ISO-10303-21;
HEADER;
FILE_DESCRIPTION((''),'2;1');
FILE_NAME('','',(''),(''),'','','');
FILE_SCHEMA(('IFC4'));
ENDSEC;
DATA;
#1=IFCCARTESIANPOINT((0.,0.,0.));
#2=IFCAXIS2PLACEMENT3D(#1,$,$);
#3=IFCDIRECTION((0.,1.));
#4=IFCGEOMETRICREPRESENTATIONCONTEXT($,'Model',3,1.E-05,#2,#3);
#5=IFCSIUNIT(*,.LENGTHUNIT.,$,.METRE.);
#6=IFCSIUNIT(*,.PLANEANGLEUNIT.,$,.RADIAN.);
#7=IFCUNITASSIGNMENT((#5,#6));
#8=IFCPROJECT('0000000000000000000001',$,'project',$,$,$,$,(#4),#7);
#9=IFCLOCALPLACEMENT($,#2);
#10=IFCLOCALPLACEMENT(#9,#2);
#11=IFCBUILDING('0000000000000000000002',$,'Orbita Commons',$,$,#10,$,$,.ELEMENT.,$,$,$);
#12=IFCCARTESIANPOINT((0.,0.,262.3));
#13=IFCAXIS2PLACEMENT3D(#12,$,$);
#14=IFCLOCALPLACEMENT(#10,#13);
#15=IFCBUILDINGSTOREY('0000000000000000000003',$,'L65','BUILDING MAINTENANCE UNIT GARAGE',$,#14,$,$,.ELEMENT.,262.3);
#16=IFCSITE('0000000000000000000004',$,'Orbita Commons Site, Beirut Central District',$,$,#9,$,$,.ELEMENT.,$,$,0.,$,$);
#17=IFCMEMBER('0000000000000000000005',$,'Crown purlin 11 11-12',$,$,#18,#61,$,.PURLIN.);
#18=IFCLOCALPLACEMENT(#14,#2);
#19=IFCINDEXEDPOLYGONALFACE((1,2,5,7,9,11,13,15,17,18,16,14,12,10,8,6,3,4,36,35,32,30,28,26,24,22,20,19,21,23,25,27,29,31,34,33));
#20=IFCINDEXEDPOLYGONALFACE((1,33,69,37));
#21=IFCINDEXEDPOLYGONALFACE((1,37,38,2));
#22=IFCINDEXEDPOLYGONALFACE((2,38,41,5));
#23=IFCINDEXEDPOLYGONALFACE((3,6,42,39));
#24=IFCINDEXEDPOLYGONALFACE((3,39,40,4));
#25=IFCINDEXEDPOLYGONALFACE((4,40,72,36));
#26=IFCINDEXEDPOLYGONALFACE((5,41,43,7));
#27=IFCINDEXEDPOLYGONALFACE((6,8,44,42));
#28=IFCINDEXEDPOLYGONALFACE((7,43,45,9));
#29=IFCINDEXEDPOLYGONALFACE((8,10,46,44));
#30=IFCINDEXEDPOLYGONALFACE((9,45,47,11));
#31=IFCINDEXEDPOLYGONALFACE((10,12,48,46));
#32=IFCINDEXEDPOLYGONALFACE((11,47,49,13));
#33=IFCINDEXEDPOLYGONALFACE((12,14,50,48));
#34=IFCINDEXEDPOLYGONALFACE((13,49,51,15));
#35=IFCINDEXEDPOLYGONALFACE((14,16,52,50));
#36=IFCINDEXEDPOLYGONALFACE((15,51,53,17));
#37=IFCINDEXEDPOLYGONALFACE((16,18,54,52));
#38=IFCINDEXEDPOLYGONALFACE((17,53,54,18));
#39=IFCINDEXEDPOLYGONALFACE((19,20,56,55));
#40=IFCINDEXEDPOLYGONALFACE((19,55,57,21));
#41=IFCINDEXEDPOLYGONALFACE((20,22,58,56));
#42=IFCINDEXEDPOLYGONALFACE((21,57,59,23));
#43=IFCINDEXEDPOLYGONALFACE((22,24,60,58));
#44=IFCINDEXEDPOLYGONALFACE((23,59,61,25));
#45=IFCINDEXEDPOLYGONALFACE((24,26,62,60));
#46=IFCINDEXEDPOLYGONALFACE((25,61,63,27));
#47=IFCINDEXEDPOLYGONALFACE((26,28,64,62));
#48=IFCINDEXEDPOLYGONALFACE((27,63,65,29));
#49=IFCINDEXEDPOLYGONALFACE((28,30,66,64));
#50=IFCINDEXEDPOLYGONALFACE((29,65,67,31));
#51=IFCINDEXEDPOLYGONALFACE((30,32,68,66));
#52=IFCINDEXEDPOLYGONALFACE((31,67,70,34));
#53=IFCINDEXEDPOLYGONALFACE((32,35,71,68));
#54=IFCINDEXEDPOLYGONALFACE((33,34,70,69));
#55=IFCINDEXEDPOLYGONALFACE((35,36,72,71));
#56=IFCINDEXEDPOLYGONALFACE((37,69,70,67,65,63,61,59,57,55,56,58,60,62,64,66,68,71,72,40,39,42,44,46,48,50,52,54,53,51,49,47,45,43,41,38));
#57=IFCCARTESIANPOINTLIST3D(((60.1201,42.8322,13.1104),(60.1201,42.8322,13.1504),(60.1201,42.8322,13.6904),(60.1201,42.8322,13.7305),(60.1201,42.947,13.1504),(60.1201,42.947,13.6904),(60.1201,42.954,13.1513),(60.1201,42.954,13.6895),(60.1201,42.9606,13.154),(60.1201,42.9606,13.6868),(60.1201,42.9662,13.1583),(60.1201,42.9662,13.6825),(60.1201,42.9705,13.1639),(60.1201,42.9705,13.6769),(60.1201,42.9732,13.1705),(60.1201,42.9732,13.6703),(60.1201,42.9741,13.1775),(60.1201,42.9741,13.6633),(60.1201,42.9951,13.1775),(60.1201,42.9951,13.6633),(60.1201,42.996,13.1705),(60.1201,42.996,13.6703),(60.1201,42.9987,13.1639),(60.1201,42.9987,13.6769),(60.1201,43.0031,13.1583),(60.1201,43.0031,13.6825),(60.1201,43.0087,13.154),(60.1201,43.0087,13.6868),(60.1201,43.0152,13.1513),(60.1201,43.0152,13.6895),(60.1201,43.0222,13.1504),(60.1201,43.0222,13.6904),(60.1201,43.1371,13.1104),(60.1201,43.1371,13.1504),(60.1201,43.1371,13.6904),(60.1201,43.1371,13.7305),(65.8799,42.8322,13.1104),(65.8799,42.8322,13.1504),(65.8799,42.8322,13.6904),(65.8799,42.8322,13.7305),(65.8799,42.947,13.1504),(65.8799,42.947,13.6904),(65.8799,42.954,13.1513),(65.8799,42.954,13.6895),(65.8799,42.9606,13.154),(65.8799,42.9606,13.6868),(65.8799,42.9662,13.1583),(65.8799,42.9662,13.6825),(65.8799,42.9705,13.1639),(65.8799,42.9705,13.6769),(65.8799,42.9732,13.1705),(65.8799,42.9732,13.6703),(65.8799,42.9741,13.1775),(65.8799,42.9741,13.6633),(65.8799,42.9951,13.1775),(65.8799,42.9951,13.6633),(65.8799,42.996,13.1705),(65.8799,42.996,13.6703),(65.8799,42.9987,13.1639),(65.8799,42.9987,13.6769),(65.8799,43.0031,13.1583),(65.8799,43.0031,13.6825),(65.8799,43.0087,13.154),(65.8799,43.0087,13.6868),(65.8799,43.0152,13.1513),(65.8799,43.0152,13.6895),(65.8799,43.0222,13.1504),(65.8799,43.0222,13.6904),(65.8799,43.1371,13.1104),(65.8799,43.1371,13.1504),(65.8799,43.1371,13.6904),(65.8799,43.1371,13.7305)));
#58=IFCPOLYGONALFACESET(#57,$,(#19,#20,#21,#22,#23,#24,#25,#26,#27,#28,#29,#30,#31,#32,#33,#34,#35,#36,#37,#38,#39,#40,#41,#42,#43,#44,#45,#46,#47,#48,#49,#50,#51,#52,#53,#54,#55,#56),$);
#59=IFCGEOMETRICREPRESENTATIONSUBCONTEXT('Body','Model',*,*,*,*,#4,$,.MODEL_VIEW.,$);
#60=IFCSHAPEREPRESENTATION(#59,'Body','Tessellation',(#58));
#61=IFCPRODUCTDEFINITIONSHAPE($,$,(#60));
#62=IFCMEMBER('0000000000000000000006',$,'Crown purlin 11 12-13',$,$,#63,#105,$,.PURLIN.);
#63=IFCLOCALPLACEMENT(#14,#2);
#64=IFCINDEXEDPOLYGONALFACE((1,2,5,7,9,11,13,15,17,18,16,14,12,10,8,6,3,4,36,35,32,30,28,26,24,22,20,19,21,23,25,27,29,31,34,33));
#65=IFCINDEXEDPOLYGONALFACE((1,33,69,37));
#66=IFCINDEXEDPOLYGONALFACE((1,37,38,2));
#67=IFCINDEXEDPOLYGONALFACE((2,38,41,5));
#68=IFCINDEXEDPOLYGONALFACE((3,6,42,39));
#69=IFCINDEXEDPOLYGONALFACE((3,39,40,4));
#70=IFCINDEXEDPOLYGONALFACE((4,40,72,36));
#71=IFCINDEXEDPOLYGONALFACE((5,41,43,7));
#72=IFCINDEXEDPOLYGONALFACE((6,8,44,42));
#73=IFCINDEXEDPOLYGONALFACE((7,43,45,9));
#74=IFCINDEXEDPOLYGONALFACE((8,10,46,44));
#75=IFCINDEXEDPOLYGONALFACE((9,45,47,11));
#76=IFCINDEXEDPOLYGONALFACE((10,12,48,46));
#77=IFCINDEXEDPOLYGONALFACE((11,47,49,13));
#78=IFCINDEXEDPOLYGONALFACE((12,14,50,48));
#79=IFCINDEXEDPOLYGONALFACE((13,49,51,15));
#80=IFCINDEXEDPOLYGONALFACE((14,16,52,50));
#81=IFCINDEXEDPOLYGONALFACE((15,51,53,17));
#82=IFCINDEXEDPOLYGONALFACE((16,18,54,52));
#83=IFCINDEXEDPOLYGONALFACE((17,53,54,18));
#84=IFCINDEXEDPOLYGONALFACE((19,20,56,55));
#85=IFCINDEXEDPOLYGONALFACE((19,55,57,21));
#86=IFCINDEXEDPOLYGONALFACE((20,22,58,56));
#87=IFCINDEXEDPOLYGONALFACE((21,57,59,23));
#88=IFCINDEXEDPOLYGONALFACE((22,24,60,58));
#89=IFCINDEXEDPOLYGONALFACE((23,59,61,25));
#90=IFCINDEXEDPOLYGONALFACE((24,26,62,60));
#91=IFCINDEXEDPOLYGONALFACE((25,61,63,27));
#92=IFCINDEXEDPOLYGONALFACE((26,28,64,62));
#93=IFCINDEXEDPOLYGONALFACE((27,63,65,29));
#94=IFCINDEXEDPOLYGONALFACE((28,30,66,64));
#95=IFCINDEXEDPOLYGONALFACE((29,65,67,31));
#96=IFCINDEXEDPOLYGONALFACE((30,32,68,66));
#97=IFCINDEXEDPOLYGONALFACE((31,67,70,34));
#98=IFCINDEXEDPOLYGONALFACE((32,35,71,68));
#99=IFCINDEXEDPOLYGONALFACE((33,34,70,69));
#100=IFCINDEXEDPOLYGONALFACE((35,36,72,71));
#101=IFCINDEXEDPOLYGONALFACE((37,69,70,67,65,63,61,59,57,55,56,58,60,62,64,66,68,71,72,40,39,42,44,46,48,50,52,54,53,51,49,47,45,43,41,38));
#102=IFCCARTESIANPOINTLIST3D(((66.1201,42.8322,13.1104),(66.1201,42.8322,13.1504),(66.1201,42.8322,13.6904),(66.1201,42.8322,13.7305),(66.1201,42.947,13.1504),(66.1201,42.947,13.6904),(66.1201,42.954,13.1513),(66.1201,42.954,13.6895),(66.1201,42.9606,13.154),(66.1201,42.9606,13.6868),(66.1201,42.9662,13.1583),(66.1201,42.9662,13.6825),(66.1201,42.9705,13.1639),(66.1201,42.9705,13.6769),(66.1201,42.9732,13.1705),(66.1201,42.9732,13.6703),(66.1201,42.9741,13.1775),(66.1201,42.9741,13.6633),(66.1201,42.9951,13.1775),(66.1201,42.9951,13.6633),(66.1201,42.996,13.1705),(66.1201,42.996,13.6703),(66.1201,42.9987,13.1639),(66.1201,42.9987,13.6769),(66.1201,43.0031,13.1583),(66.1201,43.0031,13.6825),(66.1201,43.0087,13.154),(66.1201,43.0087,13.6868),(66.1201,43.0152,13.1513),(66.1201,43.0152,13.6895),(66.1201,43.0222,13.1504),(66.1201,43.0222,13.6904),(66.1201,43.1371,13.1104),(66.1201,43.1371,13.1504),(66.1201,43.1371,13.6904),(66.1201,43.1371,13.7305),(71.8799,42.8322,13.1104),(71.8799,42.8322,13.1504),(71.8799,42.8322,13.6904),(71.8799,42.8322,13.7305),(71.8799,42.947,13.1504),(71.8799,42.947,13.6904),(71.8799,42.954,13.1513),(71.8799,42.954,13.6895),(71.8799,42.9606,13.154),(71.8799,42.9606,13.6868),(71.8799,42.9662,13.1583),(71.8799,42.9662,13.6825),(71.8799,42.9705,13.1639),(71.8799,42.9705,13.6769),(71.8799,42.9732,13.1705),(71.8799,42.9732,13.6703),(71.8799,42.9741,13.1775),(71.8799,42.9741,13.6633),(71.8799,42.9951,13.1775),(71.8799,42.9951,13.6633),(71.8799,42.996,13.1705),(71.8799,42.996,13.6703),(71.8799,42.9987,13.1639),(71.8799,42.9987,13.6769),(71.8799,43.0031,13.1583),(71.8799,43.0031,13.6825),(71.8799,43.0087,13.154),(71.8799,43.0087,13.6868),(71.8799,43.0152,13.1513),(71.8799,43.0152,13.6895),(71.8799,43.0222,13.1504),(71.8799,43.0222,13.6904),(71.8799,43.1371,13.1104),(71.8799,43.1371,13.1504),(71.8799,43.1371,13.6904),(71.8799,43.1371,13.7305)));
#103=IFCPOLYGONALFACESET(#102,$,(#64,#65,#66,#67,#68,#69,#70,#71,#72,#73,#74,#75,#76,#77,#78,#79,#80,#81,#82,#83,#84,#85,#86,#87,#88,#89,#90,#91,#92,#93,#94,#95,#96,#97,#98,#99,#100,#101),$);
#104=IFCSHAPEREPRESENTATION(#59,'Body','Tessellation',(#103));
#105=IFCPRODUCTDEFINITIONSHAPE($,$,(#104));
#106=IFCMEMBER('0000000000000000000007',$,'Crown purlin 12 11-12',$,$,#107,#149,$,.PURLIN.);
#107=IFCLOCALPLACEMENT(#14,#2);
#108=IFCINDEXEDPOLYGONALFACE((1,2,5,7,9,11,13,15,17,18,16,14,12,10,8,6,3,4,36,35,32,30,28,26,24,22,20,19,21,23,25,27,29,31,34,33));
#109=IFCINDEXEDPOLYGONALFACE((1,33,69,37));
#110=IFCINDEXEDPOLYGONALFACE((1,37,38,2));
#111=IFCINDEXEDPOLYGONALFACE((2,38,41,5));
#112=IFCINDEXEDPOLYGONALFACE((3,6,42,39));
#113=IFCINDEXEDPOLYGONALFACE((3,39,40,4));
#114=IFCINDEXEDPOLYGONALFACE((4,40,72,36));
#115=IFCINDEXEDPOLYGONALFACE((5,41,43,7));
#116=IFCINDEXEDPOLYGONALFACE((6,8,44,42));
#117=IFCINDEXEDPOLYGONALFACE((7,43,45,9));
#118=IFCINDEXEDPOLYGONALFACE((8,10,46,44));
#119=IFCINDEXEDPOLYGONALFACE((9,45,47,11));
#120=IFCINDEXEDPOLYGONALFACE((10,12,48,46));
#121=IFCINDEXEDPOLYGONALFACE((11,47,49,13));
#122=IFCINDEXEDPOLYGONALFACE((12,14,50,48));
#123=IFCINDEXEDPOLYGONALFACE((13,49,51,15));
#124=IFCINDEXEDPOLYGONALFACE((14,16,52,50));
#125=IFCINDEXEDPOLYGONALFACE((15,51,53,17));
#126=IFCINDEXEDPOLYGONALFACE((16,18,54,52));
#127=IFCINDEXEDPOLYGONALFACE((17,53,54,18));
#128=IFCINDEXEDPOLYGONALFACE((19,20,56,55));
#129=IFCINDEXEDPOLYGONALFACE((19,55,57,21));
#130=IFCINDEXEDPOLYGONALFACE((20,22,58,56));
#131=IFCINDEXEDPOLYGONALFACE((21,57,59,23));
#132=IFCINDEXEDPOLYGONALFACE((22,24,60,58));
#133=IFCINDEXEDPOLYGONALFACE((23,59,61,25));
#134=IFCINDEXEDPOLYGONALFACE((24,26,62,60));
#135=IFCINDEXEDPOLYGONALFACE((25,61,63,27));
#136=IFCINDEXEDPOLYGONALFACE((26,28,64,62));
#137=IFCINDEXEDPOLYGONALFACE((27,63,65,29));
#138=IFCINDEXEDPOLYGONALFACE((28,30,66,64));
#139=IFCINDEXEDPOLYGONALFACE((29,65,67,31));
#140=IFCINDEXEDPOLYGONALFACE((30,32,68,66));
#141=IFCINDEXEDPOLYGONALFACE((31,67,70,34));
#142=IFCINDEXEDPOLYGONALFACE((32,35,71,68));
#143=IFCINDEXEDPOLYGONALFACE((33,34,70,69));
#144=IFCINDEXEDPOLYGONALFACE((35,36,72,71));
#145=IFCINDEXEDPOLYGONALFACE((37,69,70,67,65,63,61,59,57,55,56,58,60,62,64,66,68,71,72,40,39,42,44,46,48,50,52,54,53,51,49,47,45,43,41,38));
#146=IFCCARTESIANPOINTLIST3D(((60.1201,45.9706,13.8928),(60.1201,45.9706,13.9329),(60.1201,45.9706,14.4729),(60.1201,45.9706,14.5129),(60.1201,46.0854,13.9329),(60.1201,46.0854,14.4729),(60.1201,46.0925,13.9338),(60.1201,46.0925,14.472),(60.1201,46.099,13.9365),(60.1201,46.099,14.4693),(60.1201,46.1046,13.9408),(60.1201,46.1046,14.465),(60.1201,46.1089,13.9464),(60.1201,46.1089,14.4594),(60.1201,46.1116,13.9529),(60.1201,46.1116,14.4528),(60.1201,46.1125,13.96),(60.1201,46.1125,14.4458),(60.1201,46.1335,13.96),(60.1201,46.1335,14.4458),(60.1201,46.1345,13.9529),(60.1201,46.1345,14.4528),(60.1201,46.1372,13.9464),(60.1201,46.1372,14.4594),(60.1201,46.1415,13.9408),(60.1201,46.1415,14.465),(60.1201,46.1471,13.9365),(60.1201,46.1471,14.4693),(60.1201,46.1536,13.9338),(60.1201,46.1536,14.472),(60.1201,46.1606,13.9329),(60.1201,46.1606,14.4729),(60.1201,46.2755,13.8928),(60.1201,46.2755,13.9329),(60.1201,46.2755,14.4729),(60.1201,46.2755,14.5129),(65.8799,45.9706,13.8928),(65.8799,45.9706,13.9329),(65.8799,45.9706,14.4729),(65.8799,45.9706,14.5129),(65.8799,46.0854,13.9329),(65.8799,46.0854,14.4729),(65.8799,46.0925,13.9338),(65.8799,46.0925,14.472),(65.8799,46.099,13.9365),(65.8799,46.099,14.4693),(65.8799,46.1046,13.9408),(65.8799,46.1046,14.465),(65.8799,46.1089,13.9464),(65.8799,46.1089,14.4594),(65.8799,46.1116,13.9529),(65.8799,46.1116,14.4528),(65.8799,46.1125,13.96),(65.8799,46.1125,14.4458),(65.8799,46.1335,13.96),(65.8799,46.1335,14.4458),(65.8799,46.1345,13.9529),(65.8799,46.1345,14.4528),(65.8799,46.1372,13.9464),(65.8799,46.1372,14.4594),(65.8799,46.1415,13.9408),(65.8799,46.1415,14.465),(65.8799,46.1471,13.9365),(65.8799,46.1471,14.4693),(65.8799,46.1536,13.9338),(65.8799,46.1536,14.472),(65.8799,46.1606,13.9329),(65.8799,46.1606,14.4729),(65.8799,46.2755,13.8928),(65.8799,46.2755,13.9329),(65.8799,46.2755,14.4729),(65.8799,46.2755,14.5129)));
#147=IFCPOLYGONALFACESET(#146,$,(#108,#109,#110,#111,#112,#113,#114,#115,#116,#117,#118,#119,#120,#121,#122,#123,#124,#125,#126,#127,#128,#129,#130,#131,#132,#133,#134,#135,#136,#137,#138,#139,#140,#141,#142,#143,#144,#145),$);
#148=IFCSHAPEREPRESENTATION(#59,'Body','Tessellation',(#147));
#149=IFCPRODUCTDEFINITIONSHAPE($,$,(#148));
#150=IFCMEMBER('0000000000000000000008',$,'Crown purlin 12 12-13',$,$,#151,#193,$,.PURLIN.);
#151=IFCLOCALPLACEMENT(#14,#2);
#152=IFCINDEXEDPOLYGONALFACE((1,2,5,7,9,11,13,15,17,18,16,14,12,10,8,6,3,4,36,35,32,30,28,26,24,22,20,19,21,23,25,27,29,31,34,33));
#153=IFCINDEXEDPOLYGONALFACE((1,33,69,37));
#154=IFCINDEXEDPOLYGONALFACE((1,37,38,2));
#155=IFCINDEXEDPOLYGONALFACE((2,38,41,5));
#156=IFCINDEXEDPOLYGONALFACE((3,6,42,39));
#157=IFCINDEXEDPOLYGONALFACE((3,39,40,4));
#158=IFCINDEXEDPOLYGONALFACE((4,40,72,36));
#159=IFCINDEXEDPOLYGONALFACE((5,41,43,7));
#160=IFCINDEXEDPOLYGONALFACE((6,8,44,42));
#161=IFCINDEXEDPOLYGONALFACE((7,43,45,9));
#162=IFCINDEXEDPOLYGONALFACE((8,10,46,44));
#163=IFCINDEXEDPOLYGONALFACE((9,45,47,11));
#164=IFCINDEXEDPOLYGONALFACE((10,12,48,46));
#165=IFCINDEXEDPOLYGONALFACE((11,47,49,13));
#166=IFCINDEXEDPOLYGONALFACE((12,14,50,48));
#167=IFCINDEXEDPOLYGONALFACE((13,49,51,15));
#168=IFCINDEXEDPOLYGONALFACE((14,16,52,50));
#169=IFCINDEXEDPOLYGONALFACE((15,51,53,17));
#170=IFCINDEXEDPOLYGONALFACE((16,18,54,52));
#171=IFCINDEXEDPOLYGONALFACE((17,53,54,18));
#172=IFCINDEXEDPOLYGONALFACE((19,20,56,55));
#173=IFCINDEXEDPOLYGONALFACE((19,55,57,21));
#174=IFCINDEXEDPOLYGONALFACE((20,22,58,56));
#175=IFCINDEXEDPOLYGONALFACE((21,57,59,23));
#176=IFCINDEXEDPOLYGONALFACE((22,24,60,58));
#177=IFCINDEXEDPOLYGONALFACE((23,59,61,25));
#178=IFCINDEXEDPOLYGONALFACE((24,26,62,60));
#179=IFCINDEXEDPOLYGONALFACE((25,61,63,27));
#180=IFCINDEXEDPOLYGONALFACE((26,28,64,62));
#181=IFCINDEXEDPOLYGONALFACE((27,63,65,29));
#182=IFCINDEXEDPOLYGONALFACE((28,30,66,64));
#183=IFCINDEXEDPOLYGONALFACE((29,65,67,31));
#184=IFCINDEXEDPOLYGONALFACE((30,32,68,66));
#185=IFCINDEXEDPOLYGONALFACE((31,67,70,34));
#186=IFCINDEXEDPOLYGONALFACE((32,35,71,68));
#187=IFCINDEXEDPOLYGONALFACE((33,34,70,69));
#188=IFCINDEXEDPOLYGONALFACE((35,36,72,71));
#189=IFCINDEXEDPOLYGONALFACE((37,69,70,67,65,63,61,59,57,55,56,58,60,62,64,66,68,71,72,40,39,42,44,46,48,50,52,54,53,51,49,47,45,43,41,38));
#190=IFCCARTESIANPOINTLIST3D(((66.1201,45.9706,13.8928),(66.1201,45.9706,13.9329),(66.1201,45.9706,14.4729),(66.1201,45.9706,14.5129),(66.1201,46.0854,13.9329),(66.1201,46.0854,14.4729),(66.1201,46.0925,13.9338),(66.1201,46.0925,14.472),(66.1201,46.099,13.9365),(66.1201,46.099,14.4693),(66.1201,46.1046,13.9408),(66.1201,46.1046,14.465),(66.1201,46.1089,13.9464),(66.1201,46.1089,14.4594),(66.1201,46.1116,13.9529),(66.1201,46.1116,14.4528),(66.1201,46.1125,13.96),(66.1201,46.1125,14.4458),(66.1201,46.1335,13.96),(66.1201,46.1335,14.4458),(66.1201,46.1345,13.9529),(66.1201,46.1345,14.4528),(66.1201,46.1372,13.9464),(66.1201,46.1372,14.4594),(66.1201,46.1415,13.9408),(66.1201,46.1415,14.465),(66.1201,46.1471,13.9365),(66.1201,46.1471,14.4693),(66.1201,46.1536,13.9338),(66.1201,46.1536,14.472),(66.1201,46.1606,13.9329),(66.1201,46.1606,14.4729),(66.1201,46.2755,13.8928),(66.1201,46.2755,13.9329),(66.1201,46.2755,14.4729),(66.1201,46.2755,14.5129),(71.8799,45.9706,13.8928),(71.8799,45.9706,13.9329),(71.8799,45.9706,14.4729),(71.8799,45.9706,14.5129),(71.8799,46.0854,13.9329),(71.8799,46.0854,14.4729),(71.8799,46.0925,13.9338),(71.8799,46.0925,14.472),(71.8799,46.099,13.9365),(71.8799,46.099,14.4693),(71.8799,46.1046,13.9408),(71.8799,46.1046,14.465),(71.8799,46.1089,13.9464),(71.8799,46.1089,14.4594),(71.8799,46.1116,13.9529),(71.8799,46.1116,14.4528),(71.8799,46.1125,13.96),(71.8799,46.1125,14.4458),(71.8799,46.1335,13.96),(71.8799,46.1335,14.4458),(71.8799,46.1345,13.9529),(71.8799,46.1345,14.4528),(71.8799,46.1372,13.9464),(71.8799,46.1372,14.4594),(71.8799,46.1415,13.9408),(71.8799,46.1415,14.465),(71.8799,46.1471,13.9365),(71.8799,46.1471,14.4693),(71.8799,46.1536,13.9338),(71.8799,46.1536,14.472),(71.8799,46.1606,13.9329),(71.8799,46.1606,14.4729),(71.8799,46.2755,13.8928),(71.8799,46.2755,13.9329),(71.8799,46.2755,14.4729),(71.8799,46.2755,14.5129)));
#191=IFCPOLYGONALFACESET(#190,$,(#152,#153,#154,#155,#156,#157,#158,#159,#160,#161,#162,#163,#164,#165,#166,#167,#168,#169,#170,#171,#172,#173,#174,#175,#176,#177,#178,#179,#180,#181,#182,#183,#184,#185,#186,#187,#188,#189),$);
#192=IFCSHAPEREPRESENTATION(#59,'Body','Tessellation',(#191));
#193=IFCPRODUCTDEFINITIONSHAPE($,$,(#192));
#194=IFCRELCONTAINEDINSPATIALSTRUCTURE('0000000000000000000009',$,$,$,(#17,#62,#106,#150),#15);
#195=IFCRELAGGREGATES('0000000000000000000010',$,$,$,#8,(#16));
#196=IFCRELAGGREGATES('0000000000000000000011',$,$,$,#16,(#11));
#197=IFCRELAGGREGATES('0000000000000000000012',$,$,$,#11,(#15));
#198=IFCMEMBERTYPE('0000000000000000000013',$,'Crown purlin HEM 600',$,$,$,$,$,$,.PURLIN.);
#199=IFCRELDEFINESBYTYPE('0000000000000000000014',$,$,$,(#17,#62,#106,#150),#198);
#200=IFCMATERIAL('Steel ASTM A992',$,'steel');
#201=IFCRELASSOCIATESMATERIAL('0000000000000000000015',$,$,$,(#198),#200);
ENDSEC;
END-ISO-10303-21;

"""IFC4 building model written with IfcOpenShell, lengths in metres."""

from ifc_helpers import new_model, si_unit, direction, frame, origin, origin_2d, place, context, subcontext, project, spatial, i_section, extrude, material, material_profile, profile_set, type_object, element, save


model = new_model("IFC4")

# Units and contexts
model_context = context("Model", 3, precision=1e-05, world=origin(), true_north=direction((0.0, 1.0)))
body_context = subcontext(model_context, "Body", "Model", "MODEL_VIEW")
ifc_project = project(units=[si_unit("LENGTHUNIT", "METRE"), si_unit("PLANEANGLEUNIT", "RADIAN")], contexts=[model_context])

# Site, building, storey
site_placement = place(None, origin())
site = spatial("IfcSite", under=ifc_project, at=site_placement, Name="Orbita Commons Site, Beirut Central District", CompositionType="ELEMENT", RefElevation=0.0)
building_placement = place(site_placement, origin())
building = spatial("IfcBuilding", under=site, at=building_placement, Name="Orbita Commons", CompositionType="ELEMENT")
storey_placement = place(building_placement, frame((0.0, 0.0, 262.3)))
storey = spatial("IfcBuildingStorey", under=building, at=storey_placement, Name="L65", Description="BUILDING MAINTENANCE UNIT GARAGE", CompositionType="ELEMENT", Elevation=262.3)

# Members
ifc_material_1 = material(Name="Steel ASTM A992", Category="steel")
ifc_material_profile_1 = material_profile(ifc_material_1, i_section(OverallWidth=0.3049, OverallDepth=0.6201, WebThickness=0.021, FlangeThickness=0.04, FilletRadius=0.0271, at=origin_2d()), Name="HEM 600")
ifc_profile_set_1 = profile_set([ifc_material_profile_1], Name="Steel ASTM A992")
member_type = type_object("IfcMemberType", Name="Crown purlin HEM 600", PredefinedType="PURLIN", material=ifc_profile_set_1)
for number, where, z_axis, x_axis, name in (
    (1, (60.1201, 42.9846, 13.4204), (1.0, 0.0, 0.0), (0.0, 1.0, 0.0), "Crown purlin 11 11-12"),
    (2, (66.1201, 42.9846, 13.4204), (1.0, 0.0, 0.0), (0.0, 1.0, 0.0), "Crown purlin 11 12-13"),
    (3, (60.1201, 46.123, 14.2029), (1.0, 0.0, 0.0), (0.0, 1.0, 0.0), "Crown purlin 12 11-12"),
    (4, (66.1201, 46.123, 14.2029), (1.0, 0.0, 0.0), (0.0, 1.0, 0.0), "Crown purlin 12 12-13"),
):
    element("IfcMember", number, at=place(storey_placement, frame(where, z_axis=z_axis, x_axis=x_axis)), inside=storey, type_object=member_type, Name=name, PredefinedType="PURLIN", context=body_context, shape_type="SweptSolid", body=[
        extrude(i_section(OverallWidth=0.3049, OverallDepth=0.6201, WebThickness=0.021, FlangeThickness=0.04, FilletRadius=0.0271, at=origin_2d()), origin(), (0.0, 0.0, 1.0), 5.7598),
    ])

save(model, "model.ifc")
